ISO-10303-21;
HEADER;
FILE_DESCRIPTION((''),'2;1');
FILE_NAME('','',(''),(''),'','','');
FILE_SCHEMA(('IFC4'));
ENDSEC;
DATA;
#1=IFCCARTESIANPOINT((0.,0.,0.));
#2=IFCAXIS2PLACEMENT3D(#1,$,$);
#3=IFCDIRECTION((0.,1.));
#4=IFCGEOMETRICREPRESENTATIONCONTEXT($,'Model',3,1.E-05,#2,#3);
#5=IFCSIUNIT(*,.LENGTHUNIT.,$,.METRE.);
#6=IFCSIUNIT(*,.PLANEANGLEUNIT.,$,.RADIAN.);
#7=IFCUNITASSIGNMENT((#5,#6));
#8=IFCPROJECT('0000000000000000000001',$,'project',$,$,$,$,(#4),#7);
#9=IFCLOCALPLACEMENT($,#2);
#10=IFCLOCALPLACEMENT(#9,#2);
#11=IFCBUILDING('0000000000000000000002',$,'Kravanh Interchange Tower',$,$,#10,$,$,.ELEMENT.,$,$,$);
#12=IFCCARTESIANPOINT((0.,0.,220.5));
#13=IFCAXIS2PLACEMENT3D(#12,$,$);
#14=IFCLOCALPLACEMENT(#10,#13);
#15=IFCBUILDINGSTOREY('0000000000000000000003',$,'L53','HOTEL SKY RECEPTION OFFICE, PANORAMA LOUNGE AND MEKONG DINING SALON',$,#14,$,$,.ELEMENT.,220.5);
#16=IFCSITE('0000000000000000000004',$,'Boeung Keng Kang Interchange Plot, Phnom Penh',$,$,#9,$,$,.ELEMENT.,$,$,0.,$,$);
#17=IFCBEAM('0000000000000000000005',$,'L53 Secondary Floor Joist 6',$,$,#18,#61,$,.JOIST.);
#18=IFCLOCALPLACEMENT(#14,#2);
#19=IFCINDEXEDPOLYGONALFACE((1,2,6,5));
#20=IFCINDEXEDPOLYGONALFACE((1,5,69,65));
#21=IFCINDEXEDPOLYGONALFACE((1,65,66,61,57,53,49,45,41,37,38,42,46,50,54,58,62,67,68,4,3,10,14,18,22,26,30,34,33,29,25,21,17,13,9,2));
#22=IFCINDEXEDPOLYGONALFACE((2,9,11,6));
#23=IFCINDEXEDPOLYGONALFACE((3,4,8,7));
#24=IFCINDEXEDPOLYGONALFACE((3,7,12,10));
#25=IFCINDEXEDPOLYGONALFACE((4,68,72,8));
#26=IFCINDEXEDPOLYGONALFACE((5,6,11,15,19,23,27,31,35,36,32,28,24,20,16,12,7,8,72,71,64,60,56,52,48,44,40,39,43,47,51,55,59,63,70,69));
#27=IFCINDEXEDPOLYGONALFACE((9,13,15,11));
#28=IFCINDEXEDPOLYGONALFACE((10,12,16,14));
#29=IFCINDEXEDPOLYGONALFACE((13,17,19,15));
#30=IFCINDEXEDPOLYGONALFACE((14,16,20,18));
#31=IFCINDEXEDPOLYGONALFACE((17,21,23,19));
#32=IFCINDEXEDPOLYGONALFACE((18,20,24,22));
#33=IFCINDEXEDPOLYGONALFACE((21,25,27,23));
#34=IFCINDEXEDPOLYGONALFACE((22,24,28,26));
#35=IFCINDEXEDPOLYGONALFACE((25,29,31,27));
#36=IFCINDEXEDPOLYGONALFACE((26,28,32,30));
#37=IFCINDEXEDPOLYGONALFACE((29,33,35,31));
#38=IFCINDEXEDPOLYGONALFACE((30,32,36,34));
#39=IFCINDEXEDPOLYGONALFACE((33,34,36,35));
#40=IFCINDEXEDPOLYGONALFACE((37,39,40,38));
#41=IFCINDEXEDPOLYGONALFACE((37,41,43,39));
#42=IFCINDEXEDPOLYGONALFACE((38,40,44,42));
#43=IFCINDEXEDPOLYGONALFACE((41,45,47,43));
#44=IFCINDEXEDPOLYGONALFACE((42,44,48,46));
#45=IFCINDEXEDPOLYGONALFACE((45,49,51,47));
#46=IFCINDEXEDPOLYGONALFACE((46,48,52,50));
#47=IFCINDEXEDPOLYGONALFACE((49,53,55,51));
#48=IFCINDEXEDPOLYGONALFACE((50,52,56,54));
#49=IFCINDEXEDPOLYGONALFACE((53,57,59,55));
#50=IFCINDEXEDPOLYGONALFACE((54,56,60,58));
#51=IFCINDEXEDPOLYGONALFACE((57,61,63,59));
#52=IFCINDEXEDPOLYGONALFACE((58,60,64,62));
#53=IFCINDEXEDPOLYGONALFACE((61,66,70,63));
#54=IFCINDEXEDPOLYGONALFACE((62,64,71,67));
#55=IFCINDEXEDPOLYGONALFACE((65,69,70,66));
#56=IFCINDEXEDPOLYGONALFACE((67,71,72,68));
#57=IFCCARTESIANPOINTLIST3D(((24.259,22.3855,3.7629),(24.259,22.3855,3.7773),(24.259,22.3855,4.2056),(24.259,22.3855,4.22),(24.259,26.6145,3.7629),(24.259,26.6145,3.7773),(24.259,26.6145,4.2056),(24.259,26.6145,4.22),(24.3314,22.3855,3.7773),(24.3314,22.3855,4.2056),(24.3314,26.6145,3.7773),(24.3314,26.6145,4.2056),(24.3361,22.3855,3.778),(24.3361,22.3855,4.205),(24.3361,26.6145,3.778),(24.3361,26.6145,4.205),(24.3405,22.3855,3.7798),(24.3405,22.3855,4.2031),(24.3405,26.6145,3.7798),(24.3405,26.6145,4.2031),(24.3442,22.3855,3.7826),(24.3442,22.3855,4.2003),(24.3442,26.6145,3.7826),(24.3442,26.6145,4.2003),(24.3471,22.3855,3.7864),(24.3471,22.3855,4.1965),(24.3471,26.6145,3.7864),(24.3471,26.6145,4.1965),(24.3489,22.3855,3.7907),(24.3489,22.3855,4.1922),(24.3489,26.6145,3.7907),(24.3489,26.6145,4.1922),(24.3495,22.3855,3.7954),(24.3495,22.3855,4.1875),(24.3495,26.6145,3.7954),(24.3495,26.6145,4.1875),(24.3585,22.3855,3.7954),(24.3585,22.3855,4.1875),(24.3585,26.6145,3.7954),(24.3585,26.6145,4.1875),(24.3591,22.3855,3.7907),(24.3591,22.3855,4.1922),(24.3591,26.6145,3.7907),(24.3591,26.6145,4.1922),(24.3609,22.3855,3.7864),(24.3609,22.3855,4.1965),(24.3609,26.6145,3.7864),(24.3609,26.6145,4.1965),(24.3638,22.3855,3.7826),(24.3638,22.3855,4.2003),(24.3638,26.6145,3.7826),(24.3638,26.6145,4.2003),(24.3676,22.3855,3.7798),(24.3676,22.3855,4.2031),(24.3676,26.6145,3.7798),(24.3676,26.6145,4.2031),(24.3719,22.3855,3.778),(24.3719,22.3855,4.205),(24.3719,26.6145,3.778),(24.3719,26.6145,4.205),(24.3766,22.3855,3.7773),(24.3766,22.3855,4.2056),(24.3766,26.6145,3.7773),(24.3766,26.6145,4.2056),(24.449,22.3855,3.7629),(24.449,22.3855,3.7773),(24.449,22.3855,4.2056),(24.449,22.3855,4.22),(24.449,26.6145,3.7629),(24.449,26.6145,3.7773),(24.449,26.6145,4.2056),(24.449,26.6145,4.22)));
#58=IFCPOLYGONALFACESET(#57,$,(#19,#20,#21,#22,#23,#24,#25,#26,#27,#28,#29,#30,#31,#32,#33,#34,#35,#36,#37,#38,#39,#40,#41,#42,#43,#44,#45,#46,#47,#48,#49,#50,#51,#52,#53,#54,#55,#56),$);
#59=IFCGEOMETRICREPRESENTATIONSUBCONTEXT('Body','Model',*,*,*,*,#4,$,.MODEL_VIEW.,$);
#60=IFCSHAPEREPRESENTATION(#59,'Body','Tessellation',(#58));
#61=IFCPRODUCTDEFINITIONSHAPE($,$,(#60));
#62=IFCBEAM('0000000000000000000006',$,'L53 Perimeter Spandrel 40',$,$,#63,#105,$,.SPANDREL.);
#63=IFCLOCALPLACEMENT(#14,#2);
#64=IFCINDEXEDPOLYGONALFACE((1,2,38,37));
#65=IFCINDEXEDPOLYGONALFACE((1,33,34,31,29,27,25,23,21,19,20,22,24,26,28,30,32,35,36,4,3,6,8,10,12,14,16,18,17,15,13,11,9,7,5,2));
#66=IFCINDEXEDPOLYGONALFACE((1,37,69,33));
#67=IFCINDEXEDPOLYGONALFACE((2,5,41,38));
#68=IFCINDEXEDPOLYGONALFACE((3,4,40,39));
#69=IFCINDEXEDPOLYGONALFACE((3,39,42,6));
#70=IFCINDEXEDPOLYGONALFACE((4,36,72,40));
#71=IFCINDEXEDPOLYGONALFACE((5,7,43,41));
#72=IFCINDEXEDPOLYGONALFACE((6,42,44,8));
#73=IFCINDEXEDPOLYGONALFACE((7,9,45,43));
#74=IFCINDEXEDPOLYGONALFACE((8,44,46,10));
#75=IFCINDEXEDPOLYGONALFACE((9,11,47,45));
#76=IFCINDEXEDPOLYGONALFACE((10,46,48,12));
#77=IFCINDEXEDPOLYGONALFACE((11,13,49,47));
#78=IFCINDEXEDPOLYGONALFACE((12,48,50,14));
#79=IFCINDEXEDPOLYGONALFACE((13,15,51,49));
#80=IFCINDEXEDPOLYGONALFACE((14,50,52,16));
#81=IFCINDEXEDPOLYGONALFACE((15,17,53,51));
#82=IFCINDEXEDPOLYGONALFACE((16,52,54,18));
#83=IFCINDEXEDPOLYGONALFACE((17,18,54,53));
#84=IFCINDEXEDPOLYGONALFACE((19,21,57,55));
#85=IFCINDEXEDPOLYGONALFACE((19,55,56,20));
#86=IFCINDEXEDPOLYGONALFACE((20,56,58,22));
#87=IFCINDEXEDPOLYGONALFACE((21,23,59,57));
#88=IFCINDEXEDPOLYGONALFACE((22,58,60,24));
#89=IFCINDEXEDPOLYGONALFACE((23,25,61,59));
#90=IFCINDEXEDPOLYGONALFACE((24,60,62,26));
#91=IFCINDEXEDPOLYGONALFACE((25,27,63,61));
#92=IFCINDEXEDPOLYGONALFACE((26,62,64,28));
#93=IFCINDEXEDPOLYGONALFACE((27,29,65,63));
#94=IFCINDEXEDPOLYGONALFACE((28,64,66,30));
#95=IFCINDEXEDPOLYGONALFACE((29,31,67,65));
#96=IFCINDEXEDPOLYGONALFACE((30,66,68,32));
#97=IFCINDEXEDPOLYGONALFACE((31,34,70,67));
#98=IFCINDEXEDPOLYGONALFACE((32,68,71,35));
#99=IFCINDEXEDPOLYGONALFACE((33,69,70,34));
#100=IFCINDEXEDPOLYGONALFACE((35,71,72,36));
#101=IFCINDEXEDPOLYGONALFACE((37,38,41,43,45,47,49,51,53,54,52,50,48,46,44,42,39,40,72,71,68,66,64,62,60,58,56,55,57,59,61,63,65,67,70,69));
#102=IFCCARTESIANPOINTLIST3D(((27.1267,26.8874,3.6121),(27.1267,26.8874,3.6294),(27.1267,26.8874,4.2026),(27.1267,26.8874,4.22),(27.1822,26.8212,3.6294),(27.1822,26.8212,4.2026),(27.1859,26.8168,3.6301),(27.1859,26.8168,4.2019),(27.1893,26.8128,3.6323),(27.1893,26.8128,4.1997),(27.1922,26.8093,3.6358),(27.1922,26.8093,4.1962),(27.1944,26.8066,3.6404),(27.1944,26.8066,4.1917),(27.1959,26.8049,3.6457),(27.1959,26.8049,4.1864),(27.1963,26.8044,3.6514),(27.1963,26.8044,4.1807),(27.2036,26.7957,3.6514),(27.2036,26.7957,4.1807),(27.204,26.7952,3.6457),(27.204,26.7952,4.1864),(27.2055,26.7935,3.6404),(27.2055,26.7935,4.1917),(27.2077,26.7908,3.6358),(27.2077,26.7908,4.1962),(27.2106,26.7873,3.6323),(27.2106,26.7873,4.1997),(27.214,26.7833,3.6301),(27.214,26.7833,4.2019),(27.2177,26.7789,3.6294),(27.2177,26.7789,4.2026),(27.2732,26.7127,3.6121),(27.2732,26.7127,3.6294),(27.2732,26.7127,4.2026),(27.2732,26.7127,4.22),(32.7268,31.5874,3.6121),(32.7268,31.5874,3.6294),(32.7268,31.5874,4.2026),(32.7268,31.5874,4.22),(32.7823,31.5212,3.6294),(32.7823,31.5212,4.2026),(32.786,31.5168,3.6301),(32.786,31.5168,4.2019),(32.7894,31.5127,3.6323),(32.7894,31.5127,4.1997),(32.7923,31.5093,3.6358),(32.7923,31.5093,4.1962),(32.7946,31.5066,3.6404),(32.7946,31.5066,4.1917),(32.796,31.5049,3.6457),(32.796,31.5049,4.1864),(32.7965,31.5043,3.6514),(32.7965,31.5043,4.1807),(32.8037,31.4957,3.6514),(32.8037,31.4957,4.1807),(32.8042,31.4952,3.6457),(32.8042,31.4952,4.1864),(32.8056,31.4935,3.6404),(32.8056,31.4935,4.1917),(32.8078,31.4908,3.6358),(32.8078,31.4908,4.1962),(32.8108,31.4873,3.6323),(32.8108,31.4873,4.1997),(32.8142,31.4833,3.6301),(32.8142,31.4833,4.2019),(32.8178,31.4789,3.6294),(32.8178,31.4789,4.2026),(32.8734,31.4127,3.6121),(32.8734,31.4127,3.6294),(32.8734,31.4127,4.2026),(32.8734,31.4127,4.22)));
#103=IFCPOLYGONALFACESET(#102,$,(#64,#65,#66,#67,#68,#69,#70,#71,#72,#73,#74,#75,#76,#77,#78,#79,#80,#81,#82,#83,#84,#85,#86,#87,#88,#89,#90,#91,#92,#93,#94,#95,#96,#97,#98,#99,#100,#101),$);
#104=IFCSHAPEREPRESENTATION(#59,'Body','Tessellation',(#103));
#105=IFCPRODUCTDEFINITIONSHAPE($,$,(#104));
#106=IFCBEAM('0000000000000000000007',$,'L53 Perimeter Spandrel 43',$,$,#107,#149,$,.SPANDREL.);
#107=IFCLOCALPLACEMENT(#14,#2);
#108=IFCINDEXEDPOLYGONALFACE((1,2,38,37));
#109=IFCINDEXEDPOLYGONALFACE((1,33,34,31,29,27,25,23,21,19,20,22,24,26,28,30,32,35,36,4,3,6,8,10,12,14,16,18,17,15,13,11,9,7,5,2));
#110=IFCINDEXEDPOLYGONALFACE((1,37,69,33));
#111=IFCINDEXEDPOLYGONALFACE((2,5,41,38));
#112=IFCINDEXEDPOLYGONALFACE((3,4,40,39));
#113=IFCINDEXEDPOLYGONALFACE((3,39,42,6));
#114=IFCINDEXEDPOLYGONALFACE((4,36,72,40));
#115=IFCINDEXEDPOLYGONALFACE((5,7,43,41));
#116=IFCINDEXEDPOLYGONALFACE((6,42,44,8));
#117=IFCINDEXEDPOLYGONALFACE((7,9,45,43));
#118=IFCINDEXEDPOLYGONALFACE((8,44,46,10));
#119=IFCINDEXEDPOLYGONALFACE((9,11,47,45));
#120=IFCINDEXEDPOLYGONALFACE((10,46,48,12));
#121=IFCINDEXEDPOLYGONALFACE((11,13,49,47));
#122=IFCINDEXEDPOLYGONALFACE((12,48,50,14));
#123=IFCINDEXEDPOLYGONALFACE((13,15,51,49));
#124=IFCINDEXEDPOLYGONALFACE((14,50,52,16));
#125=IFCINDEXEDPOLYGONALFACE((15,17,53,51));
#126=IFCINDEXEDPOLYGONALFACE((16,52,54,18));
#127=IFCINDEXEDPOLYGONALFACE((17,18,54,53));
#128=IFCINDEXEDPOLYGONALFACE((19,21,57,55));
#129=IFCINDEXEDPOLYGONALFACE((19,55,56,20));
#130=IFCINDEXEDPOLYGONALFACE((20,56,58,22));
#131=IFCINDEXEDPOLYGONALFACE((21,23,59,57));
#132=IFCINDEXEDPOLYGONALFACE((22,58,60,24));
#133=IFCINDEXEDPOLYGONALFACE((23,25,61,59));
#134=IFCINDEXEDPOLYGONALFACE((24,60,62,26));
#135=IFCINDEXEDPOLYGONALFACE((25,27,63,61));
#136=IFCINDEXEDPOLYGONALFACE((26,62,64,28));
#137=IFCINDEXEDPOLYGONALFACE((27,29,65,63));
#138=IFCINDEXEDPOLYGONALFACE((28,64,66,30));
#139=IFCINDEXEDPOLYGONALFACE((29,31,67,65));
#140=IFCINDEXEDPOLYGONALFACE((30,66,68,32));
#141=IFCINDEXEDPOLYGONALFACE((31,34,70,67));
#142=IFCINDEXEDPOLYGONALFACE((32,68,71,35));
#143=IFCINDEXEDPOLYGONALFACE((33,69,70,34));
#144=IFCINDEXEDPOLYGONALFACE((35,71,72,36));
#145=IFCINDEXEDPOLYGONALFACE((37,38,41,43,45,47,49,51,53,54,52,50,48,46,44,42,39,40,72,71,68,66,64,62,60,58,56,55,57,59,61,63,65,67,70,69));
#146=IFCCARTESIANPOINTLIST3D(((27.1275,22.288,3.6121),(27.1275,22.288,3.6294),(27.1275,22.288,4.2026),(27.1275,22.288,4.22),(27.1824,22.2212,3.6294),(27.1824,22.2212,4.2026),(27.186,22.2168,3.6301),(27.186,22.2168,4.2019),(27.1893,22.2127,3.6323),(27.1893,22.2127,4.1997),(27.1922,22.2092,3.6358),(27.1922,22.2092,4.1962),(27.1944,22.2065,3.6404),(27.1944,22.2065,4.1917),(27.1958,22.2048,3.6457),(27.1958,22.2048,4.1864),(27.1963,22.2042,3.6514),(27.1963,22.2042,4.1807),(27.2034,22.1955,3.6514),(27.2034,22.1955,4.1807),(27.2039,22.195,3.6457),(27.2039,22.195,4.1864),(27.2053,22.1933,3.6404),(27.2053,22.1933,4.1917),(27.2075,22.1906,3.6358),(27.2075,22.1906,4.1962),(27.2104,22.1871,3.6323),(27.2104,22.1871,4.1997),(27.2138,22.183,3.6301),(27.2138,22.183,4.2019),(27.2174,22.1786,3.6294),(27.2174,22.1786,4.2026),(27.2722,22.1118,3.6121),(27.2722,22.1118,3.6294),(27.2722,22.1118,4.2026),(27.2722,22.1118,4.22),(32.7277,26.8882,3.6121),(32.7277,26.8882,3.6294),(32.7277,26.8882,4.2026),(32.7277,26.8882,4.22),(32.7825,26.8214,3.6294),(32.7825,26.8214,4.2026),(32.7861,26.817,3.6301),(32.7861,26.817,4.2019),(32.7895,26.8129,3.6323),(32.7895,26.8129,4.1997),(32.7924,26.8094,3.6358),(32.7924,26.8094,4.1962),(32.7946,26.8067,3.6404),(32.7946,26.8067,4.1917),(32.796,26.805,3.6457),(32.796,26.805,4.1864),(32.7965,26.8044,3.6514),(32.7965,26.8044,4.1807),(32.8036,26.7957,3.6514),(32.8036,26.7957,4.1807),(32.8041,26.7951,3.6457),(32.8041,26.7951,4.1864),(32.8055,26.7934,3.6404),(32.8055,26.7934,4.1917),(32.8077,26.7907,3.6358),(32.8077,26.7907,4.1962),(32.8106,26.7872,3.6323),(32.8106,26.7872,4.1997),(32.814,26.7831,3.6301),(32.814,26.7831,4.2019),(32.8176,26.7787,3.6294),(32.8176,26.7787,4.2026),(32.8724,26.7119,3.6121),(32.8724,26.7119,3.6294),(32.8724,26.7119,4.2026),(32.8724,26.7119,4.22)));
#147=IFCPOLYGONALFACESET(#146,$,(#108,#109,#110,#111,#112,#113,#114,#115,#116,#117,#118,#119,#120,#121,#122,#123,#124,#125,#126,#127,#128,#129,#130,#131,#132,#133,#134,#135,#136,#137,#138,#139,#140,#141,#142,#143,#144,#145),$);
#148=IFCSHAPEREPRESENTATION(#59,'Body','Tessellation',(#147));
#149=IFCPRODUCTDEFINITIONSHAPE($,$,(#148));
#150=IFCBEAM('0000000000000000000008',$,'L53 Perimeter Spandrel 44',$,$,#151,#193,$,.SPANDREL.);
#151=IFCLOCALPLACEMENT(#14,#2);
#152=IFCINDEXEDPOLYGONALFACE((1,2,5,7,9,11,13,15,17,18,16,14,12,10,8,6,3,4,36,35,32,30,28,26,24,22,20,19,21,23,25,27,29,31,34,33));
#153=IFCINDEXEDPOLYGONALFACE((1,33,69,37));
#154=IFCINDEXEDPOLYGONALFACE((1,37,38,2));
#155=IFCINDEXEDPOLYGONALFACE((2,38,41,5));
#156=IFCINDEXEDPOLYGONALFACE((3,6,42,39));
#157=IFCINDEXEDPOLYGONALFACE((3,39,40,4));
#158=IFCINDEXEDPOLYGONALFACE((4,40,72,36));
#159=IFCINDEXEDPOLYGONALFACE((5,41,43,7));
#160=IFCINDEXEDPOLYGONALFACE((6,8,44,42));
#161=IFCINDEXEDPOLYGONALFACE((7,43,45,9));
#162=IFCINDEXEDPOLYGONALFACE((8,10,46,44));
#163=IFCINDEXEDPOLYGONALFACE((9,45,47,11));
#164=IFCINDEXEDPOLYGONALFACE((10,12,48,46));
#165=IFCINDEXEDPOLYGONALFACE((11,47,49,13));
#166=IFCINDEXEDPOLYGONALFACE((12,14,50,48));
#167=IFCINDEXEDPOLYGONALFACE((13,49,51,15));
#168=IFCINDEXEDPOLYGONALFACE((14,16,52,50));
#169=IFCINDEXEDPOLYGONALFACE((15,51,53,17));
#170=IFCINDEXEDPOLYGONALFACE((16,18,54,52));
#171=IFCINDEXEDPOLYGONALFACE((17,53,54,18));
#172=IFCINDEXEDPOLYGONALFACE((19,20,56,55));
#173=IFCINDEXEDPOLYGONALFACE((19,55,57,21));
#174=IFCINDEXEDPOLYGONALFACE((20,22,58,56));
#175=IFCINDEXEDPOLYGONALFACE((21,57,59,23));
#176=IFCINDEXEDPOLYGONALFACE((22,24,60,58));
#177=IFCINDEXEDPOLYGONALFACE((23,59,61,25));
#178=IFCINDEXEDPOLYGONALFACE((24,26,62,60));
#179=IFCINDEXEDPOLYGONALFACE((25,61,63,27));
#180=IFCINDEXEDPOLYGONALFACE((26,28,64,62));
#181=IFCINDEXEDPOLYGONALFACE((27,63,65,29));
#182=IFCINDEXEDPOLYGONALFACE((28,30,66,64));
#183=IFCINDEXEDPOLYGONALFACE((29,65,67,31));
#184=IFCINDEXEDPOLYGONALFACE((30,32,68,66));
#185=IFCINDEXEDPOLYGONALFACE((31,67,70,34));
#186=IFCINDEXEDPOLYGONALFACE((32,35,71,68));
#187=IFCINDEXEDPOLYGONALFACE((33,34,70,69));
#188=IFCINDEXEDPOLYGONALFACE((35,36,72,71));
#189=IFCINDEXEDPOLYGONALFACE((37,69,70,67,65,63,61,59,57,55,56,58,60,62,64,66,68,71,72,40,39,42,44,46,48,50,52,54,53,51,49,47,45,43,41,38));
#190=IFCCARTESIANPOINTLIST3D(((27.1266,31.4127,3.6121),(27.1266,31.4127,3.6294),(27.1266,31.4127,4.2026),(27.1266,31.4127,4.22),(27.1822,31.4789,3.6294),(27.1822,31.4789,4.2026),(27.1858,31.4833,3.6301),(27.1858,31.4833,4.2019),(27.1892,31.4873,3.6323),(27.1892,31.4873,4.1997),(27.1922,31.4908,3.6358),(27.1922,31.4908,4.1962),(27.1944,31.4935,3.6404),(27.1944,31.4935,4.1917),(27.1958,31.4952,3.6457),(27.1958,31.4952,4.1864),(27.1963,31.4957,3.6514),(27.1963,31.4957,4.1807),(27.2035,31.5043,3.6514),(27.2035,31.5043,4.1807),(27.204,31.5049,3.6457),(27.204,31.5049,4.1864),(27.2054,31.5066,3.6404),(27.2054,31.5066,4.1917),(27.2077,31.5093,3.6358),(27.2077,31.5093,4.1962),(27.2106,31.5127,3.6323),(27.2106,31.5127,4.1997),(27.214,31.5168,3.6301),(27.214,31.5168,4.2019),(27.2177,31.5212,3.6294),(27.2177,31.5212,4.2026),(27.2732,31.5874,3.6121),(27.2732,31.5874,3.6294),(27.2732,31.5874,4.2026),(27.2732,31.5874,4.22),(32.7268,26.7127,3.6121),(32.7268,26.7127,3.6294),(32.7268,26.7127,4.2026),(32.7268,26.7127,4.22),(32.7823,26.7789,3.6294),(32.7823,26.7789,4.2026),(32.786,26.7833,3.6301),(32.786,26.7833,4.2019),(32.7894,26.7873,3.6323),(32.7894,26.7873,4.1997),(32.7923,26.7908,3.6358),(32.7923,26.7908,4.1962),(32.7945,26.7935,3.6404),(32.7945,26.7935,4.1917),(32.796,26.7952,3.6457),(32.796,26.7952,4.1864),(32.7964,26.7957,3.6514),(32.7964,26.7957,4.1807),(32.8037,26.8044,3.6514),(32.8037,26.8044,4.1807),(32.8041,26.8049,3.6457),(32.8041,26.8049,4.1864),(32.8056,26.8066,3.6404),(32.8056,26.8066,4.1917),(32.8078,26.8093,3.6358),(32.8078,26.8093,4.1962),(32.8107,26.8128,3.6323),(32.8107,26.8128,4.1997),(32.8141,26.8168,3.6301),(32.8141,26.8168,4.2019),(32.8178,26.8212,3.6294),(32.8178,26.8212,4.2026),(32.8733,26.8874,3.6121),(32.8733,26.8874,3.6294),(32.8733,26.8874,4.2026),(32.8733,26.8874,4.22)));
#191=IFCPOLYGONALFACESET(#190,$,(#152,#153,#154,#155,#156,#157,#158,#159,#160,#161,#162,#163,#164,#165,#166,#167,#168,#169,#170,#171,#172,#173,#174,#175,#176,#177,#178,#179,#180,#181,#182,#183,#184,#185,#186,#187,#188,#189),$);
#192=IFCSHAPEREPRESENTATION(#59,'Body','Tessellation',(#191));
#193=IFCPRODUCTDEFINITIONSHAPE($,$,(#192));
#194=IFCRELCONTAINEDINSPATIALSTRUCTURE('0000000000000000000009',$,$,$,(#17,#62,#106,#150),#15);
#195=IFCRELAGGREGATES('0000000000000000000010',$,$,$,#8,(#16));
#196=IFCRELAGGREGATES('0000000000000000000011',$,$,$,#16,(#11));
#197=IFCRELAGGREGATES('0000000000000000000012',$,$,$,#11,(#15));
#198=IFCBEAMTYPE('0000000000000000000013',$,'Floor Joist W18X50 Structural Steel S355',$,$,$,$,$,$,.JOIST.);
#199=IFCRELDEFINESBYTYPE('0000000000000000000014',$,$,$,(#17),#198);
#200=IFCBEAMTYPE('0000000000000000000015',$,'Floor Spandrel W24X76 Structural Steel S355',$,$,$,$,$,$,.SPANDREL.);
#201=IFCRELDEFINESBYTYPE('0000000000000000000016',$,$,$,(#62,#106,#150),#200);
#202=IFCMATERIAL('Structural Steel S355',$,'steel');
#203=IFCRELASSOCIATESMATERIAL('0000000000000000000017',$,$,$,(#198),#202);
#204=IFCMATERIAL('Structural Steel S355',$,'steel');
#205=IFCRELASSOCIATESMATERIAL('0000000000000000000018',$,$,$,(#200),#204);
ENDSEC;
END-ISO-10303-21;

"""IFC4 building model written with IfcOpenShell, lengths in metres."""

from ifc_helpers import new_model, si_unit, direction, frame, origin, origin_2d, place, context, subcontext, project, spatial, i_section, extrude, material, material_profile, profile_set, type_object, element, save


model = new_model("IFC4")

# Units and contexts
model_context = context("Model", 3, precision=1e-05, world=origin(), true_north=direction((0.0, 1.0)))
body_context = subcontext(model_context, "Body", "Model", "MODEL_VIEW")
ifc_project = project(units=[si_unit("LENGTHUNIT", "METRE"), si_unit("PLANEANGLEUNIT", "RADIAN")], contexts=[model_context])

# Site, building, storey
site_placement = place(None, origin())
site = spatial("IfcSite", under=ifc_project, at=site_placement, Name="Boeung Keng Kang Interchange Plot, Phnom Penh", CompositionType="ELEMENT", RefElevation=0.0)
building_placement = place(site_placement, origin())
building = spatial("IfcBuilding", under=site, at=building_placement, Name="Kravanh Interchange Tower", CompositionType="ELEMENT")
storey_placement = place(building_placement, frame((0.0, 0.0, 220.5)))
storey = spatial("IfcBuildingStorey", under=building, at=storey_placement, Name="L53", Description="HOTEL SKY RECEPTION OFFICE, PANORAMA LOUNGE AND MEKONG DINING SALON", CompositionType="ELEMENT", Elevation=220.5)

# Beams
ifc_material_1 = material(Name="Structural Steel S355", Category="steel")
ifc_material_profile_1 = material_profile(ifc_material_1, i_section(OverallWidth=0.1899, OverallDepth=0.457, WebThickness=0.009, FlangeThickness=0.0144, FilletRadius=0.0181, at=origin_2d()), Name="W18X50")
ifc_profile_set_1 = profile_set([ifc_material_profile_1], Name="Structural Steel S355")
beam_type_1 = type_object("IfcBeamType", Name="Floor Joist W18X50 Structural Steel S355", PredefinedType="JOIST", material=ifc_profile_set_1)
beam_1_placement = place(storey_placement, frame((24.354, 22.3855, 3.9915), z_axis=(0.0, 1.0, 0.0), x_axis=(-1.0, 0.0, 0.0)))
element("IfcBeam", 1, at=beam_1_placement, inside=storey, type_object=beam_type_1, Name="L53 Secondary Floor Joist 6", PredefinedType="JOIST", context=body_context, shape_type="SweptSolid", body=[
    extrude(i_section(OverallWidth=0.1899, OverallDepth=0.457, WebThickness=0.009, FlangeThickness=0.0144, FilletRadius=0.0181, at=origin_2d()), origin(), (0.0, 0.0, 1.0), 4.229),
])
ifc_material_2 = material(Name="Structural Steel S355", Category="steel")
ifc_material_profile_2 = material_profile(ifc_material_2, i_section(OverallWidth=0.228, OverallDepth=0.6079, WebThickness=0.0112, FlangeThickness=0.0173, FilletRadius=0.022, at=origin_2d()), Name="W24X76")
ifc_profile_set_2 = profile_set([ifc_material_profile_2], Name="Structural Steel S355")
beam_type_2 = type_object("IfcBeamType", Name="Floor Spandrel W24X76 Structural Steel S355", PredefinedType="SPANDREL", material=ifc_profile_set_2)
beam_2_placement = place(storey_placement, frame((27.2, 26.8, 3.916), z_axis=(0.765983, 0.642861, 0.0), x_axis=(-0.642861, 0.765983, 0.0)))
element("IfcBeam", 2, at=beam_2_placement, inside=storey, type_object=beam_type_2, Name="L53 Perimeter Spandrel 40", PredefinedType="SPANDREL", context=body_context, shape_type="SweptSolid", body=[
    extrude(i_section(OverallWidth=0.228, OverallDepth=0.6079, WebThickness=0.0112, FlangeThickness=0.0173, FilletRadius=0.022, at=origin_2d()), origin(), (0.0, 0.0, 1.0), 7.311),
])
beam_3_placement = place(storey_placement, frame((32.8, 26.8, 3.916), z_axis=(-0.772725, -0.634741, 0.0), x_axis=(0.634741, -0.772725, 0.0)))
element("IfcBeam", 3, at=beam_3_placement, inside=storey, type_object=beam_type_2, Name="L53 Perimeter Spandrel 43", PredefinedType="SPANDREL", context=body_context, shape_type="SweptSolid", body=[
    extrude(i_section(OverallWidth=0.228, OverallDepth=0.6079, WebThickness=0.0112, FlangeThickness=0.0173, FilletRadius=0.022, at=origin_2d()), origin(), (0.0, 0.0, 1.0), 7.2473),
])
beam_4_placement = place(storey_placement, frame((32.8, 26.8, 3.916), z_axis=(-0.765983, 0.642861, 0.0), x_axis=(-0.642861, -0.765983, 0.0)))
element("IfcBeam", 4, at=beam_4_placement, inside=storey, type_object=beam_type_2, Name="L53 Perimeter Spandrel 44", PredefinedType="SPANDREL", context=body_context, shape_type="SweptSolid", body=[
    extrude(i_section(OverallWidth=0.228, OverallDepth=0.6079, WebThickness=0.0112, FlangeThickness=0.0173, FilletRadius=0.022, at=origin_2d()), origin(), (0.0, 0.0, 1.0), 7.311),
])

save(model, "model.ifc")
